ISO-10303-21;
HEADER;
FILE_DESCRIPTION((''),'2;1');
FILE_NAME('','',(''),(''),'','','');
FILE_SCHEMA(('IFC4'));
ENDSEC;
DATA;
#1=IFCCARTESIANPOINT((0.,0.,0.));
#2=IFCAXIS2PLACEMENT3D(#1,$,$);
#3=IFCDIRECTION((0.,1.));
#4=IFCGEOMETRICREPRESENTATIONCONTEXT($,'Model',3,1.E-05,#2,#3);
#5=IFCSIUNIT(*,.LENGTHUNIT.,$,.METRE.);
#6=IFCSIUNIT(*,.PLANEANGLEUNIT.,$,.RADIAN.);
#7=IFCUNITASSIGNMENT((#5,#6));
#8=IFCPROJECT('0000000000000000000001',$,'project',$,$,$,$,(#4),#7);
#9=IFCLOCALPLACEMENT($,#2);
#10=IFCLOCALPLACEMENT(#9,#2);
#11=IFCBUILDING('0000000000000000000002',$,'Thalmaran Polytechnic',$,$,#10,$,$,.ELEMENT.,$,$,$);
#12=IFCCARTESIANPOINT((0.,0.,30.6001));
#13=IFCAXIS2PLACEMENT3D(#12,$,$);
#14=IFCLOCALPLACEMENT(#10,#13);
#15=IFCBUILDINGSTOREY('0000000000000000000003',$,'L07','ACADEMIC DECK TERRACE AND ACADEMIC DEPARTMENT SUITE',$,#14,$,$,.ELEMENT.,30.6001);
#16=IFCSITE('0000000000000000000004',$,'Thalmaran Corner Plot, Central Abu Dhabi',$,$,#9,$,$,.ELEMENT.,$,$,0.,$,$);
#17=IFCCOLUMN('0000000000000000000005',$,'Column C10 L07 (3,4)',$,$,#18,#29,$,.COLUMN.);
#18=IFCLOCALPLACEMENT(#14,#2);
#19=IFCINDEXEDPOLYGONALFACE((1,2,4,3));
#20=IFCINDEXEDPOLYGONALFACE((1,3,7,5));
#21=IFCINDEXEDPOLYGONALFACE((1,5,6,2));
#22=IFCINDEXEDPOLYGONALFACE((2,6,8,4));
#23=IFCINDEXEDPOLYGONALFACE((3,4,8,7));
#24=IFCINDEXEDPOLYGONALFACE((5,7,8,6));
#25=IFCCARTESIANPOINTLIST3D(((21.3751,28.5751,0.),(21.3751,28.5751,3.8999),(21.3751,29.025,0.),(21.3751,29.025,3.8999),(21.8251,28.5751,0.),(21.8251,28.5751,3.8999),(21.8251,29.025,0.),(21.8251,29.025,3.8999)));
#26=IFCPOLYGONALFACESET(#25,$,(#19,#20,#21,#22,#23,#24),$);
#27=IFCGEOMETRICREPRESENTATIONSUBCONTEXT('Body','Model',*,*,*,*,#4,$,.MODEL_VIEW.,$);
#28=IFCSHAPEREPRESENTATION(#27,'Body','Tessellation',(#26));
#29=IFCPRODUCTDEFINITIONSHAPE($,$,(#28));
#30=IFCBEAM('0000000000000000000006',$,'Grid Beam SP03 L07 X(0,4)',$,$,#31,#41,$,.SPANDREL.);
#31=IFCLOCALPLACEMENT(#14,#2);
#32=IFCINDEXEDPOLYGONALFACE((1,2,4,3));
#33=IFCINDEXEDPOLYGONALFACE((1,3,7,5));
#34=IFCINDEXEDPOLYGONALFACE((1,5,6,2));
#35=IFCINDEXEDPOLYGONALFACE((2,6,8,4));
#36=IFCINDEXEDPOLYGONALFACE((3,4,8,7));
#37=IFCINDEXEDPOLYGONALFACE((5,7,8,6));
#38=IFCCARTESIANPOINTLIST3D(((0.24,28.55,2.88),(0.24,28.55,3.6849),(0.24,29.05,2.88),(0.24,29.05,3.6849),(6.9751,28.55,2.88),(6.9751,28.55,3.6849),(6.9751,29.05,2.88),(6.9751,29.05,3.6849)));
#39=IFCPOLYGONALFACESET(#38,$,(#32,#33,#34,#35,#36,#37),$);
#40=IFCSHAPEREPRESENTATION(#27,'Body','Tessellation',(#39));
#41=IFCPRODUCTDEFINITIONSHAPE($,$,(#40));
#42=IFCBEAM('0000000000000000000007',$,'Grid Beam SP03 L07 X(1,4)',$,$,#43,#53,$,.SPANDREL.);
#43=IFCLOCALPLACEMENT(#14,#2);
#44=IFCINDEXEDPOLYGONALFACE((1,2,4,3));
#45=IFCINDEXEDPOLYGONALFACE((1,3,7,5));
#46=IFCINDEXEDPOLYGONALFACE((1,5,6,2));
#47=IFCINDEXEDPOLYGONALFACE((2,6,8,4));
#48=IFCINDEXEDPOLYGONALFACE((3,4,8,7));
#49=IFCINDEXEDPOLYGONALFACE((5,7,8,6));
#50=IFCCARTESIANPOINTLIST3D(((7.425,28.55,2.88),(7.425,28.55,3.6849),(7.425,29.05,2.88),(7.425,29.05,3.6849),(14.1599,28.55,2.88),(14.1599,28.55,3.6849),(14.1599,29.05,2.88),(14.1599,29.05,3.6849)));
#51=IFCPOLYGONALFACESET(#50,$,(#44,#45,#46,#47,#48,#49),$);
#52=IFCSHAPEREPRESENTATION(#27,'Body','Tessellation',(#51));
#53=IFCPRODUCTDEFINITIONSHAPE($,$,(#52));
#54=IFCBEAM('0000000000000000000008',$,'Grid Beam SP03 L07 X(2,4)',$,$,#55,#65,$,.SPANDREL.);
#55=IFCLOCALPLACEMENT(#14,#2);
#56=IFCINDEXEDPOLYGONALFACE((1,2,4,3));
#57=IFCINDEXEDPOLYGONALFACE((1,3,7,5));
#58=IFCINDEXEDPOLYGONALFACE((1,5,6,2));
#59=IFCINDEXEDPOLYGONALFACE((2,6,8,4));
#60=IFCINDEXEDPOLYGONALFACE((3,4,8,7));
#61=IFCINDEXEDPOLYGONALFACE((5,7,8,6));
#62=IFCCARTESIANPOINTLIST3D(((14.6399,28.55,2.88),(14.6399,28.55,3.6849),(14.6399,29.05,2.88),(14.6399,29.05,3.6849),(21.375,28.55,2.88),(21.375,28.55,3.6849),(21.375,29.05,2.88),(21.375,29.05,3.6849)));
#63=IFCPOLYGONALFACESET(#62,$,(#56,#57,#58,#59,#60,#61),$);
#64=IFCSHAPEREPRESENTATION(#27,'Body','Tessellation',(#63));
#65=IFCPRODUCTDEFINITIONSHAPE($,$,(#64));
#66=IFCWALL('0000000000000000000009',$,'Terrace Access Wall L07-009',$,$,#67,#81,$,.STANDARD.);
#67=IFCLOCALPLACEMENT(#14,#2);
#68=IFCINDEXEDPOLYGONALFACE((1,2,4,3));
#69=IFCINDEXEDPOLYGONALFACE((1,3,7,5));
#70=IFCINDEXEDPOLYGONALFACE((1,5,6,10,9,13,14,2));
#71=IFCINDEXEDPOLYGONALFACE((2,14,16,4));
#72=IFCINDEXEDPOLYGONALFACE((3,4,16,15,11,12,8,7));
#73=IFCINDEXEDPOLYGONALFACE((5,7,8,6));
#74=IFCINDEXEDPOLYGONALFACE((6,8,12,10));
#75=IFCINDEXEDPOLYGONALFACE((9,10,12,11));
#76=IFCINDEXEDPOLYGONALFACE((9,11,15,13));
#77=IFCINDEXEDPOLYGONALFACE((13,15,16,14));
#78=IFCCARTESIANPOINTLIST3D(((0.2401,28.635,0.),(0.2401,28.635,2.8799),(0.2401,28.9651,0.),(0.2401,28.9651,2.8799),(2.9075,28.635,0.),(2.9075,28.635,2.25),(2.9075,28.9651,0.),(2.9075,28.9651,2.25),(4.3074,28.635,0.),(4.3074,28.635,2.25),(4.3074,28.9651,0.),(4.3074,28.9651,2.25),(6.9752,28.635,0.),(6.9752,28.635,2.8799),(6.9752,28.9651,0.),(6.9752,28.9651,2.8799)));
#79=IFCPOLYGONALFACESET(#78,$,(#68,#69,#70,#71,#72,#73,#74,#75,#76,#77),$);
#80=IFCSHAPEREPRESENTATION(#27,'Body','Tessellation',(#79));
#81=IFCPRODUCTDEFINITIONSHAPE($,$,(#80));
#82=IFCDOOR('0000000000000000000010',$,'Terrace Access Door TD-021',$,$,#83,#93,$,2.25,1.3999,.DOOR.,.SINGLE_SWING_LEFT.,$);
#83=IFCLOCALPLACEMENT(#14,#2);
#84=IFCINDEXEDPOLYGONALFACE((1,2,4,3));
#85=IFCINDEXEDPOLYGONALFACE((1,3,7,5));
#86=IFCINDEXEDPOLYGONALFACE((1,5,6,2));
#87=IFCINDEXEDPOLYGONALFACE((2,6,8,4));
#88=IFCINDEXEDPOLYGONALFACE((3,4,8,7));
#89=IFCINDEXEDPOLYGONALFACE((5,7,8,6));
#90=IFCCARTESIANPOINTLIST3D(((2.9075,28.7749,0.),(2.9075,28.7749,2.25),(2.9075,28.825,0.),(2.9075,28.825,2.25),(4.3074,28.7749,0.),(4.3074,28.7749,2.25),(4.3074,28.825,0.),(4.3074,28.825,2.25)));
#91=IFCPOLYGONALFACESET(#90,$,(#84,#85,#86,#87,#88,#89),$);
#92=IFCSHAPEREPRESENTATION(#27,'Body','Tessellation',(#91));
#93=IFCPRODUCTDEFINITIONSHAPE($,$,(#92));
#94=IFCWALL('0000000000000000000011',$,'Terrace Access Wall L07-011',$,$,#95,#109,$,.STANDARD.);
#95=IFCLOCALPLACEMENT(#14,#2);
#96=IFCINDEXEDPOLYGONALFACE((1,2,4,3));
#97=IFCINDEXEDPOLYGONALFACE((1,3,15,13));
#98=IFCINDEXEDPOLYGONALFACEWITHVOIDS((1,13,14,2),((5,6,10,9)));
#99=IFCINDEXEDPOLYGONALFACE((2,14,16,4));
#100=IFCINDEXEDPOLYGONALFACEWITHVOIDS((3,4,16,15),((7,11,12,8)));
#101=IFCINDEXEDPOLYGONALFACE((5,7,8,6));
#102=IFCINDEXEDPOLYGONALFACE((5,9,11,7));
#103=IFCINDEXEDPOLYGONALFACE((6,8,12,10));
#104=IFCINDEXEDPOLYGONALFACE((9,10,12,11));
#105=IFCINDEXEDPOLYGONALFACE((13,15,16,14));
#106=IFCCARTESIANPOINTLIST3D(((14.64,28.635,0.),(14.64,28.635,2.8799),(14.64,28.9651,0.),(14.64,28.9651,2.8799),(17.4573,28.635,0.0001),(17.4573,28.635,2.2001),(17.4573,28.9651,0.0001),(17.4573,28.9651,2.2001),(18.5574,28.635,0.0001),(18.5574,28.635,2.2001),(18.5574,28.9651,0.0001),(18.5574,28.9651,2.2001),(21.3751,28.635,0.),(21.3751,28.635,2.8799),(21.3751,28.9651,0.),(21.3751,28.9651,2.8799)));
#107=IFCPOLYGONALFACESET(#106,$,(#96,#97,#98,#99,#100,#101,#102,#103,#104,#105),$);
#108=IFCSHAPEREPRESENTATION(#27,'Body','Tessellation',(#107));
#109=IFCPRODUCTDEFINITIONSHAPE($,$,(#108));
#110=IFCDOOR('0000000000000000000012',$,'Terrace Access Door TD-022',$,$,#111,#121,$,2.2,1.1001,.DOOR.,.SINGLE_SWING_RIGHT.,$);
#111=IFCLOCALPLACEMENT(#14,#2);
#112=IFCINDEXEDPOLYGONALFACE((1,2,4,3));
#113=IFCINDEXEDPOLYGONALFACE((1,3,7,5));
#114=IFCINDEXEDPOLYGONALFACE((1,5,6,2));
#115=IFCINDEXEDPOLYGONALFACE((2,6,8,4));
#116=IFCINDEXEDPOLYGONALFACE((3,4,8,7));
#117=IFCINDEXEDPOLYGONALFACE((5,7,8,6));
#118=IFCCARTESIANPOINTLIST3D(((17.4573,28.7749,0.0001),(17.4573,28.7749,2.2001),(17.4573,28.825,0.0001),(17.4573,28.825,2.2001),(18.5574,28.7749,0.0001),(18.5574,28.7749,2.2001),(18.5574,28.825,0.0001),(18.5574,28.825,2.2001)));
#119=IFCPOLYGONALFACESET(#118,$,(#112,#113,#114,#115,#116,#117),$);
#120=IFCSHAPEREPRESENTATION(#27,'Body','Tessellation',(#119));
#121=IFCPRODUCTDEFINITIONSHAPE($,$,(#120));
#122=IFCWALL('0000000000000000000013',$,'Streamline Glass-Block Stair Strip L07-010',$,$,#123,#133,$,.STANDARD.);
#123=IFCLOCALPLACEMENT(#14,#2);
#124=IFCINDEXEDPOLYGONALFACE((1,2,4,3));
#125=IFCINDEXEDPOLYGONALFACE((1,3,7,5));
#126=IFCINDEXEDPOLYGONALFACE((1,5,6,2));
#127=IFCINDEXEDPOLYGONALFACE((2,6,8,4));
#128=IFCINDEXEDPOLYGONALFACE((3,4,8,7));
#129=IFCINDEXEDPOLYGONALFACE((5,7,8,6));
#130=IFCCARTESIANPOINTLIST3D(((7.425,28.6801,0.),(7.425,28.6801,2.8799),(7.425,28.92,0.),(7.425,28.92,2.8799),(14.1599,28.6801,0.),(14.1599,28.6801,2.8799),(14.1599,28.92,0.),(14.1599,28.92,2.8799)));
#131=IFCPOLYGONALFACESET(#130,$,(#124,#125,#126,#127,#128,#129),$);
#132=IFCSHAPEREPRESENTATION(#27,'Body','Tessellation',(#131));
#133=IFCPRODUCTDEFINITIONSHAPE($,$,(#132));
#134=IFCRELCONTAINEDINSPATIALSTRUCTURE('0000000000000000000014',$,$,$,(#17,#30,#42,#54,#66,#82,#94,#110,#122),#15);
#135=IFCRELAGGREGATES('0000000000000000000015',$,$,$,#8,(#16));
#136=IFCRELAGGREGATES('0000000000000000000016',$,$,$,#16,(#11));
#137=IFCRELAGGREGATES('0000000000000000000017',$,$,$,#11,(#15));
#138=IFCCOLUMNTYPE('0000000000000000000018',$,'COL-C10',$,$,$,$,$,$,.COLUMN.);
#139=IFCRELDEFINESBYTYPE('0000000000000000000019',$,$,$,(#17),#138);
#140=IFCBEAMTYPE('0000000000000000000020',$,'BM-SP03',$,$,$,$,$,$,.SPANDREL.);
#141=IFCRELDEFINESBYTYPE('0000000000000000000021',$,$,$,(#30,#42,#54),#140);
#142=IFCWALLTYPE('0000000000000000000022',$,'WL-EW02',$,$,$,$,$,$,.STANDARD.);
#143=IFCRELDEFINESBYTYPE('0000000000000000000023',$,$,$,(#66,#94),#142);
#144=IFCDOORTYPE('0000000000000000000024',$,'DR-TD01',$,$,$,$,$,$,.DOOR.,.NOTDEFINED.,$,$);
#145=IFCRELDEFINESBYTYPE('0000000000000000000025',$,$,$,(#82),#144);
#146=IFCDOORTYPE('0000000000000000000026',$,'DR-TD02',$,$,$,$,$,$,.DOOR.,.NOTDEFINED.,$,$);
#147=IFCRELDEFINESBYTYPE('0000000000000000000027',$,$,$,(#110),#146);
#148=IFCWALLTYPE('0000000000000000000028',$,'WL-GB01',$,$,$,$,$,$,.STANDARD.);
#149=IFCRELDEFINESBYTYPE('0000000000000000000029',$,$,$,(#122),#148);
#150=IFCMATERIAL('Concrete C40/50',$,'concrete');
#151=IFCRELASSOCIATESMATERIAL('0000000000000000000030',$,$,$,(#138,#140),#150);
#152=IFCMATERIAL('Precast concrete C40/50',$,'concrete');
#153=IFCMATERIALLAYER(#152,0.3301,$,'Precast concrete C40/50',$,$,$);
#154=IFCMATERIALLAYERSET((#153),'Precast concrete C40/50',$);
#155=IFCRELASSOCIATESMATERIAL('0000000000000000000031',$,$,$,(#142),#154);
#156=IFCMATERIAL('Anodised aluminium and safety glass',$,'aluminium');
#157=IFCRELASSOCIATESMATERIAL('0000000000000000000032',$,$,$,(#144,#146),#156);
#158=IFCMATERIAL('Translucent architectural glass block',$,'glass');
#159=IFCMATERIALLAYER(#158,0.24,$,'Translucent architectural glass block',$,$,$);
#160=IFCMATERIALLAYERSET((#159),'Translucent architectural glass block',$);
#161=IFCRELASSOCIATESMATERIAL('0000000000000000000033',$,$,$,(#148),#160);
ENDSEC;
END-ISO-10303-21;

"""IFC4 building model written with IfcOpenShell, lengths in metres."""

from ifc_helpers import new_model, si_unit, direction, frame, frame_2d, origin, origin_2d, place, context, subcontext, project, spatial, rectangle, extrude, material, layer, layer_set, material_profile, profile_set, type_object, element, fill, save


model = new_model("IFC4")

# Units and contexts
model_context = context("Model", 3, precision=1e-05, world=origin(), true_north=direction((0.0, 1.0)))
body_context = subcontext(model_context, "Body", "Model", "MODEL_VIEW")
ifc_project = project(units=[si_unit("LENGTHUNIT", "METRE"), si_unit("PLANEANGLEUNIT", "RADIAN")], contexts=[model_context])

# Site, building, storey
site_placement = place(None, origin())
site = spatial("IfcSite", under=ifc_project, at=site_placement, Name="Thalmaran Corner Plot, Central Abu Dhabi", CompositionType="ELEMENT", RefElevation=0.0)
building_placement = place(site_placement, origin())
building = spatial("IfcBuilding", under=site, at=building_placement, Name="Thalmaran Polytechnic", CompositionType="ELEMENT")
storey_placement = place(building_placement, frame((0.0, 0.0, 30.6001)))
storey = spatial("IfcBuildingStorey", under=building, at=storey_placement, Name="L07", Description="ACADEMIC DECK TERRACE AND ACADEMIC DEPARTMENT SUITE", CompositionType="ELEMENT", Elevation=30.6001)

# Column
ifc_material_1 = material(Name="Concrete C40/50", Category="concrete")
ifc_material_profile_1 = material_profile(ifc_material_1, rectangle(XDim=0.45, YDim=0.45, at=origin_2d()), Name="RC 450x450")
ifc_profile_set_1 = profile_set([ifc_material_profile_1], Name="Concrete C40/50")
column_type = type_object("IfcColumnType", Name="COL-C10", PredefinedType="COLUMN", material=ifc_profile_set_1)
column_placement = place(storey_placement, frame((21.6001, 28.8, 0.0), z_axis=(0.0, 0.0, 1.0), x_axis=(1.0, 0.0, 0.0)))
element("IfcColumn", 1, at=column_placement, inside=storey, type_object=column_type, Name="Column C10 L07 (3,4)", PredefinedType="COLUMN", context=body_context, shape_type="SweptSolid", body=[
    extrude(rectangle(XDim=0.45, YDim=0.45, at=origin_2d()), origin(), (0.0, 0.0, 1.0), 3.8999),
])

# Beams
ifc_material_profile_2 = material_profile(ifc_material_1, rectangle(XDim=0.5, YDim=0.8049, at=origin_2d()), Name="RC 500x805")
ifc_profile_set_2 = profile_set([ifc_material_profile_2], Name="Concrete C40/50")
beam_type = type_object("IfcBeamType", Name="BM-SP03", PredefinedType="SPANDREL", material=ifc_profile_set_2)
beam_1_placement = place(storey_placement, frame((0.24, 28.8, 3.2825), z_axis=(1.0, 0.0, 0.0), x_axis=(0.0, 1.0, 0.0)))
element("IfcBeam", 2, at=beam_1_placement, inside=storey, type_object=beam_type, Name="Grid Beam SP03 L07 X(0,4)", PredefinedType="SPANDREL", context=body_context, shape_type="SweptSolid", body=[
    extrude(rectangle(XDim=0.5, YDim=0.8049, at=origin_2d()), origin(), (0.0, 0.0, 1.0), 6.7351),
])
beam_2_placement = place(storey_placement, frame((7.425, 28.8, 3.2825), z_axis=(1.0, 0.0, 0.0), x_axis=(0.0, 1.0, 0.0)))
element("IfcBeam", 3, at=beam_2_placement, inside=storey, type_object=beam_type, Name="Grid Beam SP03 L07 X(1,4)", PredefinedType="SPANDREL", context=body_context, shape_type="SweptSolid", body=[
    extrude(rectangle(XDim=0.5, YDim=0.8049, at=origin_2d()), origin(), (0.0, 0.0, 1.0), 6.7349),
])
beam_3_placement = place(storey_placement, frame((14.6399, 28.8, 3.2825), z_axis=(1.0, 0.0, 0.0), x_axis=(0.0, 1.0, 0.0)))
element("IfcBeam", 4, at=beam_3_placement, inside=storey, type_object=beam_type, Name="Grid Beam SP03 L07 X(2,4)", PredefinedType="SPANDREL", context=body_context, shape_type="SweptSolid", body=[
    extrude(rectangle(XDim=0.5, YDim=0.8049, at=origin_2d()), origin(), (0.0, 0.0, 1.0), 6.7351),
])

# Walls, openings, doors
ifc_material_2 = material(Name="Precast concrete C40/50", Category="concrete")
ifc_layer_1 = layer(ifc_material_2, 0.3301, Name="Precast concrete C40/50")
ifc_layer_set_1 = layer_set([ifc_layer_1], Name="Precast concrete C40/50")
wall_type_1 = type_object("IfcWallType", Name="WL-EW02", PredefinedType="STANDARD", material=ifc_layer_set_1)
wall_1_placement = place(storey_placement, frame((0.24, 28.8, 0.0), z_axis=(0.0, 0.0, 1.0), x_axis=(1.0, 0.0, 0.0)))
wall_1 = element("IfcWall", 5, at=wall_1_placement, inside=storey, type_object=wall_type_1, Name="Terrace Access Wall L07-009", PredefinedType="STANDARD", context=body_context, shape_type="SweptSolid", body=[
    extrude(rectangle(XDim=6.7351, YDim=0.3301, at=frame_2d((3.3677, 0.0))), origin(), (0.0, 0.0, 1.0), 2.8799),
])
opening_1_placement = place(wall_1_placement, frame((2.6675, 0.0, 0.0)))
opening_1 = element("IfcOpeningElement", 6, at=opening_1_placement, cuts=wall_1, PredefinedType="OPENING", context=body_context, shape_type="SweptSolid", body=[
    extrude(rectangle(XDim=1.3999, YDim=2.25, at=frame_2d((0.7, 1.125))), frame((0.0, 0.175, 0.0), z_axis=(0.0, -1.0, 0.0), x_axis=(1.0, 0.0, 0.0)), (0.0, 0.0, 1.0), 0.3501),
])
ifc_material_3 = material(Name="Anodised aluminium and safety glass", Category="aluminium")
door_type_1 = type_object("IfcDoorType", Name="DR-TD01", OperationType="NOTDEFINED", PredefinedType="DOOR", material=ifc_material_3)
door_1_placement = place(opening_1_placement, origin())
door_1 = element("IfcDoor", 7, at=door_1_placement, inside=storey, type_object=door_type_1, Name="Terrace Access Door TD-021", OperationType="SINGLE_SWING_LEFT", OverallHeight=2.25, OverallWidth=1.3999, PredefinedType="DOOR", context=body_context, shape_type="SweptSolid", body=[
    extrude(rectangle(XDim=1.3999, YDim=2.25, at=frame_2d((0.7, 1.125))), frame((0.0, 0.0249, 0.0), z_axis=(0.0, -1.0, 0.0), x_axis=(1.0, 0.0, 0.0)), (0.0, 0.0, 1.0), 0.05),
])
fill(opening_1, door_1)
wall_2_placement = place(storey_placement, frame((14.6399, 28.8, 0.0), z_axis=(0.0, 0.0, 1.0), x_axis=(1.0, 0.0, 0.0)))
wall_2 = element("IfcWall", 8, at=wall_2_placement, inside=storey, type_object=wall_type_1, Name="Terrace Access Wall L07-011", PredefinedType="STANDARD", context=body_context, shape_type="SweptSolid", body=[
    extrude(rectangle(XDim=6.7351, YDim=0.3301, at=frame_2d((3.3677, 0.0))), origin(), (0.0, 0.0, 1.0), 2.8799),
])
opening_2_placement = place(wall_2_placement, frame((2.8174, 0.0, 0.0)))
opening_2 = element("IfcOpeningElement", 9, at=opening_2_placement, cuts=wall_2, PredefinedType="OPENING", context=body_context, shape_type="SweptSolid", body=[
    extrude(rectangle(XDim=1.1001, YDim=2.2, at=frame_2d((0.55, 1.1001))), frame((0.0, 0.175, 0.0), z_axis=(0.0, -1.0, 0.0), x_axis=(1.0, 0.0, 0.0)), (0.0, 0.0, 1.0), 0.3501),
])
door_type_2 = type_object("IfcDoorType", Name="DR-TD02", OperationType="NOTDEFINED", PredefinedType="DOOR", material=ifc_material_3)
door_2_placement = place(opening_2_placement, origin())
door_2 = element("IfcDoor", 10, at=door_2_placement, inside=storey, type_object=door_type_2, Name="Terrace Access Door TD-022", OperationType="SINGLE_SWING_RIGHT", OverallHeight=2.2, OverallWidth=1.1001, PredefinedType="DOOR", context=body_context, shape_type="SweptSolid", body=[
    extrude(rectangle(XDim=1.1001, YDim=2.2, at=frame_2d((0.55, 1.1001))), frame((0.0, 0.0249, 0.0), z_axis=(0.0, -1.0, 0.0), x_axis=(1.0, 0.0, 0.0)), (0.0, 0.0, 1.0), 0.05),
])
fill(opening_2, door_2)

# Wall
ifc_material_4 = material(Name="Translucent architectural glass block", Category="glass")
ifc_layer_2 = layer(ifc_material_4, 0.24, Name="Translucent architectural glass block")
ifc_layer_set_2 = layer_set([ifc_layer_2], Name="Translucent architectural glass block")
wall_type_2 = type_object("IfcWallType", Name="WL-GB01", PredefinedType="STANDARD", material=ifc_layer_set_2)
wall_3_placement = place(storey_placement, frame((7.425, 28.8, 0.0), z_axis=(0.0, 0.0, 1.0), x_axis=(1.0, 0.0, 0.0)))
element("IfcWall", 11, at=wall_3_placement, inside=storey, type_object=wall_type_2, Name="Streamline Glass-Block Stair Strip L07-010", PredefinedType="STANDARD", context=body_context, shape_type="SweptSolid", body=[
    extrude(rectangle(XDim=6.7349, YDim=0.24, at=frame_2d((3.3674, 0.0))), origin(), (0.0, 0.0, 1.0), 2.8799),
])

save(model, "model.ifc")
